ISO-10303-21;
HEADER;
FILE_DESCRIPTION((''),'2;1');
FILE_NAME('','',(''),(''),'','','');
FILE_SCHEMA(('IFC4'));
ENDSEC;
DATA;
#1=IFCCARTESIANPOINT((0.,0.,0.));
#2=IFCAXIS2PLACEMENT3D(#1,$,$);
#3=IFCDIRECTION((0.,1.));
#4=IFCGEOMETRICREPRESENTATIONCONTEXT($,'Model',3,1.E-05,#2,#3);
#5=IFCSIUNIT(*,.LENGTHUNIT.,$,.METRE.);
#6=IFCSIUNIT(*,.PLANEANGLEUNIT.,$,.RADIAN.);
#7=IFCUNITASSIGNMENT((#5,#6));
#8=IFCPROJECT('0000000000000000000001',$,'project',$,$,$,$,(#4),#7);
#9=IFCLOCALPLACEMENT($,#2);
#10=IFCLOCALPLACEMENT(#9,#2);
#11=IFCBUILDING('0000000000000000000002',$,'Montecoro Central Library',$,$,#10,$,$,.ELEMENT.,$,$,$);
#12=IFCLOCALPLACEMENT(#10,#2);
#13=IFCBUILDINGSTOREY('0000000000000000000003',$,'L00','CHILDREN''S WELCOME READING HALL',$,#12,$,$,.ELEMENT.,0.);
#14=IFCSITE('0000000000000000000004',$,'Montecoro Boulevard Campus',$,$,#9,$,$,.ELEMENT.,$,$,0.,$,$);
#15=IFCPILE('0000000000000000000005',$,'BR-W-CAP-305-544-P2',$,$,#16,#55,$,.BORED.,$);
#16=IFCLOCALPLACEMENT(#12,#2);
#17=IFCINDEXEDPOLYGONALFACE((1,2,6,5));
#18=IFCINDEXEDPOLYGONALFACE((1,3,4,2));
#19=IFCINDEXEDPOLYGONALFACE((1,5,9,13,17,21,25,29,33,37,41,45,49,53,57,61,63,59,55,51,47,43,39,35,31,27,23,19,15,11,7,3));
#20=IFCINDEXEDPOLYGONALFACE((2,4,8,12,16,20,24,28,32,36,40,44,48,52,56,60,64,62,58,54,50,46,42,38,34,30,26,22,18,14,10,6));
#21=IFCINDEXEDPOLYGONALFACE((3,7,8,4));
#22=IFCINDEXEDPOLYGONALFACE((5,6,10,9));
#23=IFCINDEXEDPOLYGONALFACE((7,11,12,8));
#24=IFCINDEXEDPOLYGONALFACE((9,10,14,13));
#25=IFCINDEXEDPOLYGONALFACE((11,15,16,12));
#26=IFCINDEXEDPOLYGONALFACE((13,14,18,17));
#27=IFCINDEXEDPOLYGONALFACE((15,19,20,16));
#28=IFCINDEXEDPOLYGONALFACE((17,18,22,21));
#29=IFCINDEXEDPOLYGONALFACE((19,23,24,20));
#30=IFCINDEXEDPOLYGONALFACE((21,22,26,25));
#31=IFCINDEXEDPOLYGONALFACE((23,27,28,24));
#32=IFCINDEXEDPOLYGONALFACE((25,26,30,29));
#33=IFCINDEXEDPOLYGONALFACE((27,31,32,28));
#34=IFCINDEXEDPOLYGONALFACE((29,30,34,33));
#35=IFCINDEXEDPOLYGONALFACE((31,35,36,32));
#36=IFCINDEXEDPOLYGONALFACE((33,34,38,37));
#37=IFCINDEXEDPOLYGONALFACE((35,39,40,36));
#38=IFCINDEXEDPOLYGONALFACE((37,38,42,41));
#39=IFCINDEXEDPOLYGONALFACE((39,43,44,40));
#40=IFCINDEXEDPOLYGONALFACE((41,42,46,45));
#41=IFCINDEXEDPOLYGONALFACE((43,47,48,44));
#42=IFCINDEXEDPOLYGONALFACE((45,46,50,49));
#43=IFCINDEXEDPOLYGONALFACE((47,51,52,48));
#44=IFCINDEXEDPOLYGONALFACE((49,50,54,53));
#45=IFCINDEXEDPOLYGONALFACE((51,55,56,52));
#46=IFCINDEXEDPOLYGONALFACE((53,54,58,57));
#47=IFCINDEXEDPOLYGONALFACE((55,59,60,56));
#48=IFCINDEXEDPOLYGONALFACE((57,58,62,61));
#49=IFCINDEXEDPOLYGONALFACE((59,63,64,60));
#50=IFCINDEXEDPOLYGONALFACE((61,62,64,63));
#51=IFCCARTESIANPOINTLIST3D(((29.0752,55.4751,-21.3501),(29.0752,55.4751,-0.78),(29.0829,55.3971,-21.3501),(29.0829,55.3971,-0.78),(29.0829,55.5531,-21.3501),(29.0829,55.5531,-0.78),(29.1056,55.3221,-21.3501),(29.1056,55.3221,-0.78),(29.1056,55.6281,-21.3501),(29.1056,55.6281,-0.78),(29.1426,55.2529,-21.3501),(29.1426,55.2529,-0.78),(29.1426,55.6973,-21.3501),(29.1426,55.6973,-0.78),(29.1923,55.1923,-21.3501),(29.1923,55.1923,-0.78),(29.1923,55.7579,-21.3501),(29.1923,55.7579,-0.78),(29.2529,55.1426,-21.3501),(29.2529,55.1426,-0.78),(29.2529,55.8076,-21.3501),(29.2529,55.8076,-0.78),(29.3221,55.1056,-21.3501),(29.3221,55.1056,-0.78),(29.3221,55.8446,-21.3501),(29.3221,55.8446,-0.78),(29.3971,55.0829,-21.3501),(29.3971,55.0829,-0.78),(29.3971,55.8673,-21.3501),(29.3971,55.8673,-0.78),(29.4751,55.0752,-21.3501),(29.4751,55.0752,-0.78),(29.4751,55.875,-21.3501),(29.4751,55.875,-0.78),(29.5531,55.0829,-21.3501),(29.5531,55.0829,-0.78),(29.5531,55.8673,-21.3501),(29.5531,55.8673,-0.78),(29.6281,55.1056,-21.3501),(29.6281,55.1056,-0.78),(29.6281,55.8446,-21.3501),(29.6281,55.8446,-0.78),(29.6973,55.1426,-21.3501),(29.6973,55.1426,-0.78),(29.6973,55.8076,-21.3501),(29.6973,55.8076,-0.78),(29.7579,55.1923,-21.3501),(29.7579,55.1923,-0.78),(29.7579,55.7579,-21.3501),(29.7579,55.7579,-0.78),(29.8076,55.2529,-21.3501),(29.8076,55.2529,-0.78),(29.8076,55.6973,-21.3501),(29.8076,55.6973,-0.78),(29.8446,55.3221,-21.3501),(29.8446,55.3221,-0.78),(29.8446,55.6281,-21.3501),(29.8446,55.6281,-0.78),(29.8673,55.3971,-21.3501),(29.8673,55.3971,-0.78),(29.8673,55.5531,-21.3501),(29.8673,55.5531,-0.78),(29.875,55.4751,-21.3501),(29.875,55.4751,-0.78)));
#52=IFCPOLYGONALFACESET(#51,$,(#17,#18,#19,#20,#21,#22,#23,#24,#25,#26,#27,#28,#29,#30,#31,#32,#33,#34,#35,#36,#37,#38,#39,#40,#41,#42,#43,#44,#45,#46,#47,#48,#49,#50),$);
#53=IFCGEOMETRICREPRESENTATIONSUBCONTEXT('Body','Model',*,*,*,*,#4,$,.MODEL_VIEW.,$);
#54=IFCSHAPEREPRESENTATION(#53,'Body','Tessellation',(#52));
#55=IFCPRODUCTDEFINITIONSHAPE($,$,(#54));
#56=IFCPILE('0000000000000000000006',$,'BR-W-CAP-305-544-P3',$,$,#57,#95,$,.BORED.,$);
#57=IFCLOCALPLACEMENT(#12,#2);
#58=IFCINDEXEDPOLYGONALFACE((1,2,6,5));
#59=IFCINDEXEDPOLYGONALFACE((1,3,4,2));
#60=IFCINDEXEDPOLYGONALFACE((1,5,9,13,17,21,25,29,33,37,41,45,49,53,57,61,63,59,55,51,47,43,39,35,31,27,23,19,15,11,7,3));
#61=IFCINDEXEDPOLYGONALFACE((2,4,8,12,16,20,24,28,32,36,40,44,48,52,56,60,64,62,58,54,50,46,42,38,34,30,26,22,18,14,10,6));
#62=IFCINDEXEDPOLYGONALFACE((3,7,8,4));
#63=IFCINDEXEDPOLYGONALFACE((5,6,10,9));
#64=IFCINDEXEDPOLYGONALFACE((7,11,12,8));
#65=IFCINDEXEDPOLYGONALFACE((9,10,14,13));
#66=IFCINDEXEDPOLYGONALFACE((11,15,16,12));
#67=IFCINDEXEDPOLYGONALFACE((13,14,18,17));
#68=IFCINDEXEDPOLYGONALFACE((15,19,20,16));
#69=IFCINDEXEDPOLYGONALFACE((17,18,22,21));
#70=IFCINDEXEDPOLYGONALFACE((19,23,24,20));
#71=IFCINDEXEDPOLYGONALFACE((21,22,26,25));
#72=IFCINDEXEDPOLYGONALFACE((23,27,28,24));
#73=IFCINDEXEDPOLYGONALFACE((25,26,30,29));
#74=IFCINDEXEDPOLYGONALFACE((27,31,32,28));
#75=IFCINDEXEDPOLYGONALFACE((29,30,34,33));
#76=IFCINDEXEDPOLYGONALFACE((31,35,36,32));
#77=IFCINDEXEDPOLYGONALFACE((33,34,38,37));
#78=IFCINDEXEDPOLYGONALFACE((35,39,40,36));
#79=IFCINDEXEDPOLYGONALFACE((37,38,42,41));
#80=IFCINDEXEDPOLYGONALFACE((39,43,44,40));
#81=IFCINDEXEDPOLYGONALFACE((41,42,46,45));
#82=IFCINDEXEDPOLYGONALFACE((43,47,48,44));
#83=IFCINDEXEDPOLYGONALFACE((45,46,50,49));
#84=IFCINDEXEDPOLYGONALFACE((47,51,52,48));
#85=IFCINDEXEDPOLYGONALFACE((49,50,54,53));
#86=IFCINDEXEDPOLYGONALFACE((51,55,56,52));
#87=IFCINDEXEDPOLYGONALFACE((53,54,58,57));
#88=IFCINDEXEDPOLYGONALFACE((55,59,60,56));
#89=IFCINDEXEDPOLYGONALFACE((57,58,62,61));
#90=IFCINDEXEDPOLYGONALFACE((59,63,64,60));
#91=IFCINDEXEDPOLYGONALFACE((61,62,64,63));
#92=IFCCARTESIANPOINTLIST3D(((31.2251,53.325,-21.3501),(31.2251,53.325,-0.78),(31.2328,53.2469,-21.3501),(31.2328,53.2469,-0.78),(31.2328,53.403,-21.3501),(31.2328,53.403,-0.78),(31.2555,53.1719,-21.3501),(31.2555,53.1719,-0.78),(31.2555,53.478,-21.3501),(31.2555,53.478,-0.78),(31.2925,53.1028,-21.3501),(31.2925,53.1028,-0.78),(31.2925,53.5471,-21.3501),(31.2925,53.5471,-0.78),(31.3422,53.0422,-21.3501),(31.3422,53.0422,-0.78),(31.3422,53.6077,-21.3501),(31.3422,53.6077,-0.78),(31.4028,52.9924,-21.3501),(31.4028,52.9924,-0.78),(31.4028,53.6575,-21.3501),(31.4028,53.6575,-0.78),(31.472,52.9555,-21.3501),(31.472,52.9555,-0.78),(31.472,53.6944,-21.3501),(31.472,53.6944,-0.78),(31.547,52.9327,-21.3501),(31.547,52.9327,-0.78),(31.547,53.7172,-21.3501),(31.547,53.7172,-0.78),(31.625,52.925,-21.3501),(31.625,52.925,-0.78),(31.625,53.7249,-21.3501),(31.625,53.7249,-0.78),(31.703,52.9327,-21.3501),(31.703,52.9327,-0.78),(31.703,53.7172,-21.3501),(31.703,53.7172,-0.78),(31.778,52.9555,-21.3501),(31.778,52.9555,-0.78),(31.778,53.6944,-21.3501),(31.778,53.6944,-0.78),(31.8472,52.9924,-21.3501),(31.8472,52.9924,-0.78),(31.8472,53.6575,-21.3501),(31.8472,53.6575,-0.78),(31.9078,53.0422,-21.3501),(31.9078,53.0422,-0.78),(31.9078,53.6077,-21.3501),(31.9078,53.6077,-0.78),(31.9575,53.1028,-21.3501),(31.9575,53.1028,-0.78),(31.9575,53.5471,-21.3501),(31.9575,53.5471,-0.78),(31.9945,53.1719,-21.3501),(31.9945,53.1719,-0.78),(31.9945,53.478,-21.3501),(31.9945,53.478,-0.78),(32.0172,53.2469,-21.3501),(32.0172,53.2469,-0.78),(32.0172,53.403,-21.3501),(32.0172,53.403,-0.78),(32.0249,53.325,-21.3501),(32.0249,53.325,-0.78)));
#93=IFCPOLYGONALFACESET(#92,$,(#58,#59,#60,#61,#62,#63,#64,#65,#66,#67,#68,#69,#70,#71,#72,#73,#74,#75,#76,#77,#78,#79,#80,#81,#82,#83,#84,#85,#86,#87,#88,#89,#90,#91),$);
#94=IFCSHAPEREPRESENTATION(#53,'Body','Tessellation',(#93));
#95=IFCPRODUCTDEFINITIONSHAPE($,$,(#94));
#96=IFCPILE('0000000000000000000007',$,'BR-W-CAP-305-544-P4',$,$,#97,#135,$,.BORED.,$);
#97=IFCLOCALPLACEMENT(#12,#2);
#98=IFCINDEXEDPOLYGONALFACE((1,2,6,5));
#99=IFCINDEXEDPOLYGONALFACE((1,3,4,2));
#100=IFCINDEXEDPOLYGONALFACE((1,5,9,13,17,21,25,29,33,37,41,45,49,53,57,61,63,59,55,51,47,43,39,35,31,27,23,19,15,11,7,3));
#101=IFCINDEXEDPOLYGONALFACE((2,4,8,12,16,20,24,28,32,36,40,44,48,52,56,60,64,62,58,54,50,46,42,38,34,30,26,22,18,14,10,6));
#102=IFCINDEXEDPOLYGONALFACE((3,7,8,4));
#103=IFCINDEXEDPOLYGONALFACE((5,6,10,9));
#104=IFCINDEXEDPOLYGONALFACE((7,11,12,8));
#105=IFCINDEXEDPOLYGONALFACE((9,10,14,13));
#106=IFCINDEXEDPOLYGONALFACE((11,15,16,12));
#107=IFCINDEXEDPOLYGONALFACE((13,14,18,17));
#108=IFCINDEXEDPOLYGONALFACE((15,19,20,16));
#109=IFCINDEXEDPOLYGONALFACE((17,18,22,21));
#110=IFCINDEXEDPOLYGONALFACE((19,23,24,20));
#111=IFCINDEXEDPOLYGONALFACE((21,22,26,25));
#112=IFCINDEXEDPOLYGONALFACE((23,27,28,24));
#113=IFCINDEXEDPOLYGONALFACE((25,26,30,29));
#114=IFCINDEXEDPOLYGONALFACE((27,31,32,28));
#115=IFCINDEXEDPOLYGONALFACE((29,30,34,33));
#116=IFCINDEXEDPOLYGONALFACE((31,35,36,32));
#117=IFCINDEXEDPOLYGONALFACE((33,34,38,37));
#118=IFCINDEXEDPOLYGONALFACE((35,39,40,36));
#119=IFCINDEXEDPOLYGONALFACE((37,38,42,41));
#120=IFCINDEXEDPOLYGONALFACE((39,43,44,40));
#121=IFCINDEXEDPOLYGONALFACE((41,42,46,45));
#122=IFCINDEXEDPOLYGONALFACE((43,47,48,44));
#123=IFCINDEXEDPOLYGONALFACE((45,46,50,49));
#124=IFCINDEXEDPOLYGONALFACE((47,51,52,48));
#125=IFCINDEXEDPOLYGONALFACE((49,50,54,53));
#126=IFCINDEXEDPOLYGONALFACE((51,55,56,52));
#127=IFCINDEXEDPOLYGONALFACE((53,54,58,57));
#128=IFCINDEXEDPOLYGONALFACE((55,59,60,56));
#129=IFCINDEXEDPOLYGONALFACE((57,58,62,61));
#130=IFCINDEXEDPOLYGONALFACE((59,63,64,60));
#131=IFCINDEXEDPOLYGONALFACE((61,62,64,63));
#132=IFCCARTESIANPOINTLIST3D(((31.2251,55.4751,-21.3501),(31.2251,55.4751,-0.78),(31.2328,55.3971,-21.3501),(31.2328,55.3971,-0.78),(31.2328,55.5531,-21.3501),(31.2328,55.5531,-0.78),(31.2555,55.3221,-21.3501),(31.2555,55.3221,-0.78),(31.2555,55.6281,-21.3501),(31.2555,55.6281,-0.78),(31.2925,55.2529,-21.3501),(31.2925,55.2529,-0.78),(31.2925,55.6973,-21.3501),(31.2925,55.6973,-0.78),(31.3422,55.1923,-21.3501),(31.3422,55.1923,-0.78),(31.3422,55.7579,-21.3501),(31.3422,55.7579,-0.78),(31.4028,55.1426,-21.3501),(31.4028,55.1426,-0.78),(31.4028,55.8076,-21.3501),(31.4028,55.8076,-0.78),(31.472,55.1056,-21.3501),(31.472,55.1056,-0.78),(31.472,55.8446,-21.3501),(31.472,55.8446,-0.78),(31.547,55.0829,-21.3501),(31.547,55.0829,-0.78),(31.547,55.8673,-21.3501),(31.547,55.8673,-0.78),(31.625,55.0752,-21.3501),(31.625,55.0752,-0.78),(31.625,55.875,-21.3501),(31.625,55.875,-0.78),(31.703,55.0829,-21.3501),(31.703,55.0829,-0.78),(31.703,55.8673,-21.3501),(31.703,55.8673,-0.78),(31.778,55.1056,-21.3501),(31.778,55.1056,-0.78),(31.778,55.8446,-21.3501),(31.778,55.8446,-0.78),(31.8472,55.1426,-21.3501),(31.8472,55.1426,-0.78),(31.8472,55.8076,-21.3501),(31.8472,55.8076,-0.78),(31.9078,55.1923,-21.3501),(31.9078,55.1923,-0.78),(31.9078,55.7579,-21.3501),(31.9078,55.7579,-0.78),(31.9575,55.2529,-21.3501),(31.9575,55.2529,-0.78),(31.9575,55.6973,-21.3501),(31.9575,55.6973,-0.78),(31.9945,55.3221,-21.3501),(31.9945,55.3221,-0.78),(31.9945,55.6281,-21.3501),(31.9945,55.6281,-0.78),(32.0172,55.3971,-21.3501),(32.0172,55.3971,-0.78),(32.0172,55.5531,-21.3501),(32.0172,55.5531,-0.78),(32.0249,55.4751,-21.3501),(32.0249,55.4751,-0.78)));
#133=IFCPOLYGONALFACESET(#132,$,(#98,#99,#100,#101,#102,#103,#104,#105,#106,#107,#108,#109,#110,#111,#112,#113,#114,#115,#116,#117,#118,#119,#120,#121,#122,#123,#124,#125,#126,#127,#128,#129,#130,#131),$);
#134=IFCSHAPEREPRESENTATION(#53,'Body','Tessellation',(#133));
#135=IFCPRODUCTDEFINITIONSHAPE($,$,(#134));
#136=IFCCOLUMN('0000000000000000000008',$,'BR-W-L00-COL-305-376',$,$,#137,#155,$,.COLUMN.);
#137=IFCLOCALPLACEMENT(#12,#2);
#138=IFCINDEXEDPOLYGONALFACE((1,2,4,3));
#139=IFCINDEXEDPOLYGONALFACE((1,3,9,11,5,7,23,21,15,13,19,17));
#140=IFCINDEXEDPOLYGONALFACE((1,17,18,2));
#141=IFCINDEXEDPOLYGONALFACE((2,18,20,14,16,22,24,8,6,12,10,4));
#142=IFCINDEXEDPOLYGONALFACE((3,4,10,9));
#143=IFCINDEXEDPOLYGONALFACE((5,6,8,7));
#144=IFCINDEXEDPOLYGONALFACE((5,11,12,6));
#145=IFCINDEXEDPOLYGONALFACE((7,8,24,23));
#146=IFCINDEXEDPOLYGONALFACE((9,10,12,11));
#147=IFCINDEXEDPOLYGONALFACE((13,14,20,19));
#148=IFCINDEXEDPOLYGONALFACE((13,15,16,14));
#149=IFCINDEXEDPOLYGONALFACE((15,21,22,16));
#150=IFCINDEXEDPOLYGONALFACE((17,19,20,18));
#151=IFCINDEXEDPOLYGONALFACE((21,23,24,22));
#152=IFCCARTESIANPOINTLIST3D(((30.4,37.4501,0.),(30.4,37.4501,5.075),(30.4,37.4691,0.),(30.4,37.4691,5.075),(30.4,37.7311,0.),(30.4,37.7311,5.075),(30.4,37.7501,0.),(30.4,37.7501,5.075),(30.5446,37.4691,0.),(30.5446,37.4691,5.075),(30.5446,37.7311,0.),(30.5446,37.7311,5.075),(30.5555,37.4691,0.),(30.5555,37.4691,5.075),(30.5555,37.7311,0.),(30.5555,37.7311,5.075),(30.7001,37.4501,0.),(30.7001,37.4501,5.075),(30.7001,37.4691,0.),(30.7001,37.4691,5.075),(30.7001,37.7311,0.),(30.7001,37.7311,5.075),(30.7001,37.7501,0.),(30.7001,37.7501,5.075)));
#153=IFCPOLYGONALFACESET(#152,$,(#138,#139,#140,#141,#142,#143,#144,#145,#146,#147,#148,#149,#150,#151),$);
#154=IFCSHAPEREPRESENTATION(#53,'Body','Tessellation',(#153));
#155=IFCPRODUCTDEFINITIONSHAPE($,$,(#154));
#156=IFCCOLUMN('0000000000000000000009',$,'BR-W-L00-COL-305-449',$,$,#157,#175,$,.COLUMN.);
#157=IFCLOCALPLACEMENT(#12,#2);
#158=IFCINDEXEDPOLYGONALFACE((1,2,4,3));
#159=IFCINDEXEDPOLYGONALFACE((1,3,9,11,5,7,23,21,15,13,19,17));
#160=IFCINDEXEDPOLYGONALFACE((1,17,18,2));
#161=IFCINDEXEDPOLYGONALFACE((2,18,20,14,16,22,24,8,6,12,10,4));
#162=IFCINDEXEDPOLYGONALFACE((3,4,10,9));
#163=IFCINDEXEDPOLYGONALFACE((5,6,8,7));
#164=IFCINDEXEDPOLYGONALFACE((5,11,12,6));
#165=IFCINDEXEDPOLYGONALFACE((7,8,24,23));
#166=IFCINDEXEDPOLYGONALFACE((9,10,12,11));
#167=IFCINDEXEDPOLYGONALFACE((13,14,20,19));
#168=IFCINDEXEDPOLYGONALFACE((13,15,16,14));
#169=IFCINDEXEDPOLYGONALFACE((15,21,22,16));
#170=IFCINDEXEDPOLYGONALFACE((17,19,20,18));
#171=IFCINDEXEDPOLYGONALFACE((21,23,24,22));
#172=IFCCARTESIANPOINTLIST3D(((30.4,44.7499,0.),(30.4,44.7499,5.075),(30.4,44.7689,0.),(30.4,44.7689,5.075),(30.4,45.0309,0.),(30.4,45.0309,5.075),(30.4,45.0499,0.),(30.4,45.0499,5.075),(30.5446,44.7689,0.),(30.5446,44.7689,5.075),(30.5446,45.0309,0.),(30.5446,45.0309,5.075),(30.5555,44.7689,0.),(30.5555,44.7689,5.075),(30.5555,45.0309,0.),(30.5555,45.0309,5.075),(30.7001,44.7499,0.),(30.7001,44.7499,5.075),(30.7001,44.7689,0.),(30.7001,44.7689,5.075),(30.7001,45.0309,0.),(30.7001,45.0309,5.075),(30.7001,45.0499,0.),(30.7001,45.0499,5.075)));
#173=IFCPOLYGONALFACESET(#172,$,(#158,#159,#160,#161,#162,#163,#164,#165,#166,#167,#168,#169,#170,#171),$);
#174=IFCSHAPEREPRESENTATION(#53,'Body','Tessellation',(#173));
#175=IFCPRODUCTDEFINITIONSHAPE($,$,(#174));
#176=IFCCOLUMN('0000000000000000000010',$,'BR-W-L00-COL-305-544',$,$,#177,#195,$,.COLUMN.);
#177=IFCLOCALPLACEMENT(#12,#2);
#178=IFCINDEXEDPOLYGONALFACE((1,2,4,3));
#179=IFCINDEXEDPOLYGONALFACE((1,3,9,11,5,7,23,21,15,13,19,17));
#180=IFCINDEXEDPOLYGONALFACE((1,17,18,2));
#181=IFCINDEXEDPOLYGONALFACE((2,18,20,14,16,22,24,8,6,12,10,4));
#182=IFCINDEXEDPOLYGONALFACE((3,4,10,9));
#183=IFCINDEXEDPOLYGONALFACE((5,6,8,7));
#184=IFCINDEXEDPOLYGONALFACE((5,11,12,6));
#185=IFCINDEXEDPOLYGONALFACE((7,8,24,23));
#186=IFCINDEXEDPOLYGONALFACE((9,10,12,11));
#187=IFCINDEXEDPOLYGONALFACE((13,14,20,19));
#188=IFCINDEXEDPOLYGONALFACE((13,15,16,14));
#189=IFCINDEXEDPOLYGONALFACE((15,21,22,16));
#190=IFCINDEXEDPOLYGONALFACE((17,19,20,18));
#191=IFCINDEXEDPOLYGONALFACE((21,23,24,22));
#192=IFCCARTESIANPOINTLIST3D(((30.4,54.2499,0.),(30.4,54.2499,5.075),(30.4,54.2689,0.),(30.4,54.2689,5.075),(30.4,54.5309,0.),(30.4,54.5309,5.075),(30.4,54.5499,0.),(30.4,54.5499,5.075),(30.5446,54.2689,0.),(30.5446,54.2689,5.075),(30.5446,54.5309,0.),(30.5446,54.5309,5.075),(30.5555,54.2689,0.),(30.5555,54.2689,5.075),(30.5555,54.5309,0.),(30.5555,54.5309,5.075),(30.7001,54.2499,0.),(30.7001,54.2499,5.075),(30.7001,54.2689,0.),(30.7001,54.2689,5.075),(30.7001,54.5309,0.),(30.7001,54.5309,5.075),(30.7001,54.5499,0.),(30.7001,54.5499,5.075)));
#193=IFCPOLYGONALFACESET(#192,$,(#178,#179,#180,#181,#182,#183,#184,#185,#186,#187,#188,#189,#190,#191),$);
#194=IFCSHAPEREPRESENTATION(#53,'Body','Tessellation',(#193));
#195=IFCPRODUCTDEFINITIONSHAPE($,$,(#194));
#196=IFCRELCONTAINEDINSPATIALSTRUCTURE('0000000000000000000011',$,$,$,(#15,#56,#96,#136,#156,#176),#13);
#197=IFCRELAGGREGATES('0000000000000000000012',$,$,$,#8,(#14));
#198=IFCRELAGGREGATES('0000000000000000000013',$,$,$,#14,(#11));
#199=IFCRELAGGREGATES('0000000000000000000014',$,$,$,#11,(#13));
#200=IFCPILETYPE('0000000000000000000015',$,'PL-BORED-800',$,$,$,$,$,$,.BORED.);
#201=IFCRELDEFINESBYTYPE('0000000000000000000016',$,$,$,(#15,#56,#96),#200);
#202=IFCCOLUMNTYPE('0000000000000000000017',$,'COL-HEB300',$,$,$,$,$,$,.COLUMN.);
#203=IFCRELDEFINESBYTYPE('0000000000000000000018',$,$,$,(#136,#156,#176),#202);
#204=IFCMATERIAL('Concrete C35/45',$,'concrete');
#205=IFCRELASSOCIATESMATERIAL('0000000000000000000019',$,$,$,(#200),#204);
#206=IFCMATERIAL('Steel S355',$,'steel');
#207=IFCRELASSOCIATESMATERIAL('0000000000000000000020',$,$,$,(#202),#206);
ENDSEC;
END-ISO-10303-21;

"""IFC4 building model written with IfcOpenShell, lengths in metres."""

from ifc_helpers import new_model, si_unit, direction, frame, origin, origin_2d, place, context, subcontext, project, spatial, circle, i_section, extrude, material, material_profile, profile_set, type_object, element, save


model = new_model("IFC4")

# Units and contexts
model_context = context("Model", 3, precision=1e-05, world=origin(), true_north=direction((0.0, 1.0)))
body_context = subcontext(model_context, "Body", "Model", "MODEL_VIEW")
ifc_project = project(units=[si_unit("LENGTHUNIT", "METRE"), si_unit("PLANEANGLEUNIT", "RADIAN")], contexts=[model_context])

# Site, building, storey
site_placement = place(None, origin())
site = spatial("IfcSite", under=ifc_project, at=site_placement, Name="Montecoro Boulevard Campus", CompositionType="ELEMENT", RefElevation=0.0)
building_placement = place(site_placement, origin())
building = spatial("IfcBuilding", under=site, at=building_placement, Name="Montecoro Central Library", CompositionType="ELEMENT")
storey_placement = place(building_placement, origin())
storey = spatial("IfcBuildingStorey", under=building, at=storey_placement, Name="L00", Description="CHILDREN'S WELCOME READING HALL", CompositionType="ELEMENT", Elevation=0.0)

# Shared definitions
ifc_material_1 = material(Name="Concrete C35/45", Category="concrete")

# Piles
ifc_material_profile_1 = material_profile(ifc_material_1, circle(Radius=0.3999, at=origin_2d()), Name="PILE D800")
ifc_profile_set_1 = profile_set([ifc_material_profile_1], Name="Concrete C35/45")
pile_type_1 = type_object("IfcPileType", Name="PL-BORED-800", PredefinedType="BORED", material=ifc_profile_set_1)
for number, where, z_axis, x_axis, name in (
    (1, (29.4751, 55.4751, -0.78), (0.0, 0.0, -1.0), (1.0, 0.0, 0.0), "BR-W-CAP-305-544-P2"),
    (2, (31.625, 53.325, -0.78), (0.0, 0.0, -1.0), (1.0, 0.0, 0.0), "BR-W-CAP-305-544-P3"),
    (3, (31.625, 55.4751, -0.78), (0.0, 0.0, -1.0), (1.0, 0.0, 0.0), "BR-W-CAP-305-544-P4"),
):
    element("IfcPile", number, at=place(storey_placement, frame(where, z_axis=z_axis, x_axis=x_axis)), inside=storey, type_object=pile_type_1, Name=name, PredefinedType="BORED", context=body_context, shape_type="SweptSolid", body=[
        extrude(circle(Radius=0.3999, at=origin_2d()), origin(), (0.0, 0.0, 1.0), 20.5701),
    ])

# Columns
ifc_material_2 = material(Name="Steel S355", Category="steel")
ifc_material_profile_2 = material_profile(ifc_material_2, i_section(OverallWidth=0.3, OverallDepth=0.3, WebThickness=0.011, FlangeThickness=0.019, at=origin_2d()), Name="HEB 300")
ifc_profile_set_2 = profile_set([ifc_material_profile_2], Name="Steel S355")
column_type = type_object("IfcColumnType", Name="COL-HEB300", PredefinedType="COLUMN", material=ifc_profile_set_2)
for number, where, z_axis, x_axis, name in (
    (4, (30.55, 37.6001, 0.0), (0.0, 0.0, 1.0), (1.0, 0.0, 0.0), "BR-W-L00-COL-305-376"),
    (5, (30.55, 44.8999, 0.0), (0.0, 0.0, 1.0), (1.0, 0.0, 0.0), "BR-W-L00-COL-305-449"),
    (6, (30.55, 54.3999, 0.0), (0.0, 0.0, 1.0), (1.0, 0.0, 0.0), "BR-W-L00-COL-305-544"),
):
    element("IfcColumn", number, at=place(storey_placement, frame(where, z_axis=z_axis, x_axis=x_axis)), inside=storey, type_object=column_type, Name=name, PredefinedType="COLUMN", context=body_context, shape_type="SweptSolid", body=[
        extrude(i_section(OverallWidth=0.3, OverallDepth=0.3, WebThickness=0.011, FlangeThickness=0.019, at=origin_2d()), origin(), (0.0, 0.0, 1.0), 5.075),
    ])

save(model, "model.ifc")
